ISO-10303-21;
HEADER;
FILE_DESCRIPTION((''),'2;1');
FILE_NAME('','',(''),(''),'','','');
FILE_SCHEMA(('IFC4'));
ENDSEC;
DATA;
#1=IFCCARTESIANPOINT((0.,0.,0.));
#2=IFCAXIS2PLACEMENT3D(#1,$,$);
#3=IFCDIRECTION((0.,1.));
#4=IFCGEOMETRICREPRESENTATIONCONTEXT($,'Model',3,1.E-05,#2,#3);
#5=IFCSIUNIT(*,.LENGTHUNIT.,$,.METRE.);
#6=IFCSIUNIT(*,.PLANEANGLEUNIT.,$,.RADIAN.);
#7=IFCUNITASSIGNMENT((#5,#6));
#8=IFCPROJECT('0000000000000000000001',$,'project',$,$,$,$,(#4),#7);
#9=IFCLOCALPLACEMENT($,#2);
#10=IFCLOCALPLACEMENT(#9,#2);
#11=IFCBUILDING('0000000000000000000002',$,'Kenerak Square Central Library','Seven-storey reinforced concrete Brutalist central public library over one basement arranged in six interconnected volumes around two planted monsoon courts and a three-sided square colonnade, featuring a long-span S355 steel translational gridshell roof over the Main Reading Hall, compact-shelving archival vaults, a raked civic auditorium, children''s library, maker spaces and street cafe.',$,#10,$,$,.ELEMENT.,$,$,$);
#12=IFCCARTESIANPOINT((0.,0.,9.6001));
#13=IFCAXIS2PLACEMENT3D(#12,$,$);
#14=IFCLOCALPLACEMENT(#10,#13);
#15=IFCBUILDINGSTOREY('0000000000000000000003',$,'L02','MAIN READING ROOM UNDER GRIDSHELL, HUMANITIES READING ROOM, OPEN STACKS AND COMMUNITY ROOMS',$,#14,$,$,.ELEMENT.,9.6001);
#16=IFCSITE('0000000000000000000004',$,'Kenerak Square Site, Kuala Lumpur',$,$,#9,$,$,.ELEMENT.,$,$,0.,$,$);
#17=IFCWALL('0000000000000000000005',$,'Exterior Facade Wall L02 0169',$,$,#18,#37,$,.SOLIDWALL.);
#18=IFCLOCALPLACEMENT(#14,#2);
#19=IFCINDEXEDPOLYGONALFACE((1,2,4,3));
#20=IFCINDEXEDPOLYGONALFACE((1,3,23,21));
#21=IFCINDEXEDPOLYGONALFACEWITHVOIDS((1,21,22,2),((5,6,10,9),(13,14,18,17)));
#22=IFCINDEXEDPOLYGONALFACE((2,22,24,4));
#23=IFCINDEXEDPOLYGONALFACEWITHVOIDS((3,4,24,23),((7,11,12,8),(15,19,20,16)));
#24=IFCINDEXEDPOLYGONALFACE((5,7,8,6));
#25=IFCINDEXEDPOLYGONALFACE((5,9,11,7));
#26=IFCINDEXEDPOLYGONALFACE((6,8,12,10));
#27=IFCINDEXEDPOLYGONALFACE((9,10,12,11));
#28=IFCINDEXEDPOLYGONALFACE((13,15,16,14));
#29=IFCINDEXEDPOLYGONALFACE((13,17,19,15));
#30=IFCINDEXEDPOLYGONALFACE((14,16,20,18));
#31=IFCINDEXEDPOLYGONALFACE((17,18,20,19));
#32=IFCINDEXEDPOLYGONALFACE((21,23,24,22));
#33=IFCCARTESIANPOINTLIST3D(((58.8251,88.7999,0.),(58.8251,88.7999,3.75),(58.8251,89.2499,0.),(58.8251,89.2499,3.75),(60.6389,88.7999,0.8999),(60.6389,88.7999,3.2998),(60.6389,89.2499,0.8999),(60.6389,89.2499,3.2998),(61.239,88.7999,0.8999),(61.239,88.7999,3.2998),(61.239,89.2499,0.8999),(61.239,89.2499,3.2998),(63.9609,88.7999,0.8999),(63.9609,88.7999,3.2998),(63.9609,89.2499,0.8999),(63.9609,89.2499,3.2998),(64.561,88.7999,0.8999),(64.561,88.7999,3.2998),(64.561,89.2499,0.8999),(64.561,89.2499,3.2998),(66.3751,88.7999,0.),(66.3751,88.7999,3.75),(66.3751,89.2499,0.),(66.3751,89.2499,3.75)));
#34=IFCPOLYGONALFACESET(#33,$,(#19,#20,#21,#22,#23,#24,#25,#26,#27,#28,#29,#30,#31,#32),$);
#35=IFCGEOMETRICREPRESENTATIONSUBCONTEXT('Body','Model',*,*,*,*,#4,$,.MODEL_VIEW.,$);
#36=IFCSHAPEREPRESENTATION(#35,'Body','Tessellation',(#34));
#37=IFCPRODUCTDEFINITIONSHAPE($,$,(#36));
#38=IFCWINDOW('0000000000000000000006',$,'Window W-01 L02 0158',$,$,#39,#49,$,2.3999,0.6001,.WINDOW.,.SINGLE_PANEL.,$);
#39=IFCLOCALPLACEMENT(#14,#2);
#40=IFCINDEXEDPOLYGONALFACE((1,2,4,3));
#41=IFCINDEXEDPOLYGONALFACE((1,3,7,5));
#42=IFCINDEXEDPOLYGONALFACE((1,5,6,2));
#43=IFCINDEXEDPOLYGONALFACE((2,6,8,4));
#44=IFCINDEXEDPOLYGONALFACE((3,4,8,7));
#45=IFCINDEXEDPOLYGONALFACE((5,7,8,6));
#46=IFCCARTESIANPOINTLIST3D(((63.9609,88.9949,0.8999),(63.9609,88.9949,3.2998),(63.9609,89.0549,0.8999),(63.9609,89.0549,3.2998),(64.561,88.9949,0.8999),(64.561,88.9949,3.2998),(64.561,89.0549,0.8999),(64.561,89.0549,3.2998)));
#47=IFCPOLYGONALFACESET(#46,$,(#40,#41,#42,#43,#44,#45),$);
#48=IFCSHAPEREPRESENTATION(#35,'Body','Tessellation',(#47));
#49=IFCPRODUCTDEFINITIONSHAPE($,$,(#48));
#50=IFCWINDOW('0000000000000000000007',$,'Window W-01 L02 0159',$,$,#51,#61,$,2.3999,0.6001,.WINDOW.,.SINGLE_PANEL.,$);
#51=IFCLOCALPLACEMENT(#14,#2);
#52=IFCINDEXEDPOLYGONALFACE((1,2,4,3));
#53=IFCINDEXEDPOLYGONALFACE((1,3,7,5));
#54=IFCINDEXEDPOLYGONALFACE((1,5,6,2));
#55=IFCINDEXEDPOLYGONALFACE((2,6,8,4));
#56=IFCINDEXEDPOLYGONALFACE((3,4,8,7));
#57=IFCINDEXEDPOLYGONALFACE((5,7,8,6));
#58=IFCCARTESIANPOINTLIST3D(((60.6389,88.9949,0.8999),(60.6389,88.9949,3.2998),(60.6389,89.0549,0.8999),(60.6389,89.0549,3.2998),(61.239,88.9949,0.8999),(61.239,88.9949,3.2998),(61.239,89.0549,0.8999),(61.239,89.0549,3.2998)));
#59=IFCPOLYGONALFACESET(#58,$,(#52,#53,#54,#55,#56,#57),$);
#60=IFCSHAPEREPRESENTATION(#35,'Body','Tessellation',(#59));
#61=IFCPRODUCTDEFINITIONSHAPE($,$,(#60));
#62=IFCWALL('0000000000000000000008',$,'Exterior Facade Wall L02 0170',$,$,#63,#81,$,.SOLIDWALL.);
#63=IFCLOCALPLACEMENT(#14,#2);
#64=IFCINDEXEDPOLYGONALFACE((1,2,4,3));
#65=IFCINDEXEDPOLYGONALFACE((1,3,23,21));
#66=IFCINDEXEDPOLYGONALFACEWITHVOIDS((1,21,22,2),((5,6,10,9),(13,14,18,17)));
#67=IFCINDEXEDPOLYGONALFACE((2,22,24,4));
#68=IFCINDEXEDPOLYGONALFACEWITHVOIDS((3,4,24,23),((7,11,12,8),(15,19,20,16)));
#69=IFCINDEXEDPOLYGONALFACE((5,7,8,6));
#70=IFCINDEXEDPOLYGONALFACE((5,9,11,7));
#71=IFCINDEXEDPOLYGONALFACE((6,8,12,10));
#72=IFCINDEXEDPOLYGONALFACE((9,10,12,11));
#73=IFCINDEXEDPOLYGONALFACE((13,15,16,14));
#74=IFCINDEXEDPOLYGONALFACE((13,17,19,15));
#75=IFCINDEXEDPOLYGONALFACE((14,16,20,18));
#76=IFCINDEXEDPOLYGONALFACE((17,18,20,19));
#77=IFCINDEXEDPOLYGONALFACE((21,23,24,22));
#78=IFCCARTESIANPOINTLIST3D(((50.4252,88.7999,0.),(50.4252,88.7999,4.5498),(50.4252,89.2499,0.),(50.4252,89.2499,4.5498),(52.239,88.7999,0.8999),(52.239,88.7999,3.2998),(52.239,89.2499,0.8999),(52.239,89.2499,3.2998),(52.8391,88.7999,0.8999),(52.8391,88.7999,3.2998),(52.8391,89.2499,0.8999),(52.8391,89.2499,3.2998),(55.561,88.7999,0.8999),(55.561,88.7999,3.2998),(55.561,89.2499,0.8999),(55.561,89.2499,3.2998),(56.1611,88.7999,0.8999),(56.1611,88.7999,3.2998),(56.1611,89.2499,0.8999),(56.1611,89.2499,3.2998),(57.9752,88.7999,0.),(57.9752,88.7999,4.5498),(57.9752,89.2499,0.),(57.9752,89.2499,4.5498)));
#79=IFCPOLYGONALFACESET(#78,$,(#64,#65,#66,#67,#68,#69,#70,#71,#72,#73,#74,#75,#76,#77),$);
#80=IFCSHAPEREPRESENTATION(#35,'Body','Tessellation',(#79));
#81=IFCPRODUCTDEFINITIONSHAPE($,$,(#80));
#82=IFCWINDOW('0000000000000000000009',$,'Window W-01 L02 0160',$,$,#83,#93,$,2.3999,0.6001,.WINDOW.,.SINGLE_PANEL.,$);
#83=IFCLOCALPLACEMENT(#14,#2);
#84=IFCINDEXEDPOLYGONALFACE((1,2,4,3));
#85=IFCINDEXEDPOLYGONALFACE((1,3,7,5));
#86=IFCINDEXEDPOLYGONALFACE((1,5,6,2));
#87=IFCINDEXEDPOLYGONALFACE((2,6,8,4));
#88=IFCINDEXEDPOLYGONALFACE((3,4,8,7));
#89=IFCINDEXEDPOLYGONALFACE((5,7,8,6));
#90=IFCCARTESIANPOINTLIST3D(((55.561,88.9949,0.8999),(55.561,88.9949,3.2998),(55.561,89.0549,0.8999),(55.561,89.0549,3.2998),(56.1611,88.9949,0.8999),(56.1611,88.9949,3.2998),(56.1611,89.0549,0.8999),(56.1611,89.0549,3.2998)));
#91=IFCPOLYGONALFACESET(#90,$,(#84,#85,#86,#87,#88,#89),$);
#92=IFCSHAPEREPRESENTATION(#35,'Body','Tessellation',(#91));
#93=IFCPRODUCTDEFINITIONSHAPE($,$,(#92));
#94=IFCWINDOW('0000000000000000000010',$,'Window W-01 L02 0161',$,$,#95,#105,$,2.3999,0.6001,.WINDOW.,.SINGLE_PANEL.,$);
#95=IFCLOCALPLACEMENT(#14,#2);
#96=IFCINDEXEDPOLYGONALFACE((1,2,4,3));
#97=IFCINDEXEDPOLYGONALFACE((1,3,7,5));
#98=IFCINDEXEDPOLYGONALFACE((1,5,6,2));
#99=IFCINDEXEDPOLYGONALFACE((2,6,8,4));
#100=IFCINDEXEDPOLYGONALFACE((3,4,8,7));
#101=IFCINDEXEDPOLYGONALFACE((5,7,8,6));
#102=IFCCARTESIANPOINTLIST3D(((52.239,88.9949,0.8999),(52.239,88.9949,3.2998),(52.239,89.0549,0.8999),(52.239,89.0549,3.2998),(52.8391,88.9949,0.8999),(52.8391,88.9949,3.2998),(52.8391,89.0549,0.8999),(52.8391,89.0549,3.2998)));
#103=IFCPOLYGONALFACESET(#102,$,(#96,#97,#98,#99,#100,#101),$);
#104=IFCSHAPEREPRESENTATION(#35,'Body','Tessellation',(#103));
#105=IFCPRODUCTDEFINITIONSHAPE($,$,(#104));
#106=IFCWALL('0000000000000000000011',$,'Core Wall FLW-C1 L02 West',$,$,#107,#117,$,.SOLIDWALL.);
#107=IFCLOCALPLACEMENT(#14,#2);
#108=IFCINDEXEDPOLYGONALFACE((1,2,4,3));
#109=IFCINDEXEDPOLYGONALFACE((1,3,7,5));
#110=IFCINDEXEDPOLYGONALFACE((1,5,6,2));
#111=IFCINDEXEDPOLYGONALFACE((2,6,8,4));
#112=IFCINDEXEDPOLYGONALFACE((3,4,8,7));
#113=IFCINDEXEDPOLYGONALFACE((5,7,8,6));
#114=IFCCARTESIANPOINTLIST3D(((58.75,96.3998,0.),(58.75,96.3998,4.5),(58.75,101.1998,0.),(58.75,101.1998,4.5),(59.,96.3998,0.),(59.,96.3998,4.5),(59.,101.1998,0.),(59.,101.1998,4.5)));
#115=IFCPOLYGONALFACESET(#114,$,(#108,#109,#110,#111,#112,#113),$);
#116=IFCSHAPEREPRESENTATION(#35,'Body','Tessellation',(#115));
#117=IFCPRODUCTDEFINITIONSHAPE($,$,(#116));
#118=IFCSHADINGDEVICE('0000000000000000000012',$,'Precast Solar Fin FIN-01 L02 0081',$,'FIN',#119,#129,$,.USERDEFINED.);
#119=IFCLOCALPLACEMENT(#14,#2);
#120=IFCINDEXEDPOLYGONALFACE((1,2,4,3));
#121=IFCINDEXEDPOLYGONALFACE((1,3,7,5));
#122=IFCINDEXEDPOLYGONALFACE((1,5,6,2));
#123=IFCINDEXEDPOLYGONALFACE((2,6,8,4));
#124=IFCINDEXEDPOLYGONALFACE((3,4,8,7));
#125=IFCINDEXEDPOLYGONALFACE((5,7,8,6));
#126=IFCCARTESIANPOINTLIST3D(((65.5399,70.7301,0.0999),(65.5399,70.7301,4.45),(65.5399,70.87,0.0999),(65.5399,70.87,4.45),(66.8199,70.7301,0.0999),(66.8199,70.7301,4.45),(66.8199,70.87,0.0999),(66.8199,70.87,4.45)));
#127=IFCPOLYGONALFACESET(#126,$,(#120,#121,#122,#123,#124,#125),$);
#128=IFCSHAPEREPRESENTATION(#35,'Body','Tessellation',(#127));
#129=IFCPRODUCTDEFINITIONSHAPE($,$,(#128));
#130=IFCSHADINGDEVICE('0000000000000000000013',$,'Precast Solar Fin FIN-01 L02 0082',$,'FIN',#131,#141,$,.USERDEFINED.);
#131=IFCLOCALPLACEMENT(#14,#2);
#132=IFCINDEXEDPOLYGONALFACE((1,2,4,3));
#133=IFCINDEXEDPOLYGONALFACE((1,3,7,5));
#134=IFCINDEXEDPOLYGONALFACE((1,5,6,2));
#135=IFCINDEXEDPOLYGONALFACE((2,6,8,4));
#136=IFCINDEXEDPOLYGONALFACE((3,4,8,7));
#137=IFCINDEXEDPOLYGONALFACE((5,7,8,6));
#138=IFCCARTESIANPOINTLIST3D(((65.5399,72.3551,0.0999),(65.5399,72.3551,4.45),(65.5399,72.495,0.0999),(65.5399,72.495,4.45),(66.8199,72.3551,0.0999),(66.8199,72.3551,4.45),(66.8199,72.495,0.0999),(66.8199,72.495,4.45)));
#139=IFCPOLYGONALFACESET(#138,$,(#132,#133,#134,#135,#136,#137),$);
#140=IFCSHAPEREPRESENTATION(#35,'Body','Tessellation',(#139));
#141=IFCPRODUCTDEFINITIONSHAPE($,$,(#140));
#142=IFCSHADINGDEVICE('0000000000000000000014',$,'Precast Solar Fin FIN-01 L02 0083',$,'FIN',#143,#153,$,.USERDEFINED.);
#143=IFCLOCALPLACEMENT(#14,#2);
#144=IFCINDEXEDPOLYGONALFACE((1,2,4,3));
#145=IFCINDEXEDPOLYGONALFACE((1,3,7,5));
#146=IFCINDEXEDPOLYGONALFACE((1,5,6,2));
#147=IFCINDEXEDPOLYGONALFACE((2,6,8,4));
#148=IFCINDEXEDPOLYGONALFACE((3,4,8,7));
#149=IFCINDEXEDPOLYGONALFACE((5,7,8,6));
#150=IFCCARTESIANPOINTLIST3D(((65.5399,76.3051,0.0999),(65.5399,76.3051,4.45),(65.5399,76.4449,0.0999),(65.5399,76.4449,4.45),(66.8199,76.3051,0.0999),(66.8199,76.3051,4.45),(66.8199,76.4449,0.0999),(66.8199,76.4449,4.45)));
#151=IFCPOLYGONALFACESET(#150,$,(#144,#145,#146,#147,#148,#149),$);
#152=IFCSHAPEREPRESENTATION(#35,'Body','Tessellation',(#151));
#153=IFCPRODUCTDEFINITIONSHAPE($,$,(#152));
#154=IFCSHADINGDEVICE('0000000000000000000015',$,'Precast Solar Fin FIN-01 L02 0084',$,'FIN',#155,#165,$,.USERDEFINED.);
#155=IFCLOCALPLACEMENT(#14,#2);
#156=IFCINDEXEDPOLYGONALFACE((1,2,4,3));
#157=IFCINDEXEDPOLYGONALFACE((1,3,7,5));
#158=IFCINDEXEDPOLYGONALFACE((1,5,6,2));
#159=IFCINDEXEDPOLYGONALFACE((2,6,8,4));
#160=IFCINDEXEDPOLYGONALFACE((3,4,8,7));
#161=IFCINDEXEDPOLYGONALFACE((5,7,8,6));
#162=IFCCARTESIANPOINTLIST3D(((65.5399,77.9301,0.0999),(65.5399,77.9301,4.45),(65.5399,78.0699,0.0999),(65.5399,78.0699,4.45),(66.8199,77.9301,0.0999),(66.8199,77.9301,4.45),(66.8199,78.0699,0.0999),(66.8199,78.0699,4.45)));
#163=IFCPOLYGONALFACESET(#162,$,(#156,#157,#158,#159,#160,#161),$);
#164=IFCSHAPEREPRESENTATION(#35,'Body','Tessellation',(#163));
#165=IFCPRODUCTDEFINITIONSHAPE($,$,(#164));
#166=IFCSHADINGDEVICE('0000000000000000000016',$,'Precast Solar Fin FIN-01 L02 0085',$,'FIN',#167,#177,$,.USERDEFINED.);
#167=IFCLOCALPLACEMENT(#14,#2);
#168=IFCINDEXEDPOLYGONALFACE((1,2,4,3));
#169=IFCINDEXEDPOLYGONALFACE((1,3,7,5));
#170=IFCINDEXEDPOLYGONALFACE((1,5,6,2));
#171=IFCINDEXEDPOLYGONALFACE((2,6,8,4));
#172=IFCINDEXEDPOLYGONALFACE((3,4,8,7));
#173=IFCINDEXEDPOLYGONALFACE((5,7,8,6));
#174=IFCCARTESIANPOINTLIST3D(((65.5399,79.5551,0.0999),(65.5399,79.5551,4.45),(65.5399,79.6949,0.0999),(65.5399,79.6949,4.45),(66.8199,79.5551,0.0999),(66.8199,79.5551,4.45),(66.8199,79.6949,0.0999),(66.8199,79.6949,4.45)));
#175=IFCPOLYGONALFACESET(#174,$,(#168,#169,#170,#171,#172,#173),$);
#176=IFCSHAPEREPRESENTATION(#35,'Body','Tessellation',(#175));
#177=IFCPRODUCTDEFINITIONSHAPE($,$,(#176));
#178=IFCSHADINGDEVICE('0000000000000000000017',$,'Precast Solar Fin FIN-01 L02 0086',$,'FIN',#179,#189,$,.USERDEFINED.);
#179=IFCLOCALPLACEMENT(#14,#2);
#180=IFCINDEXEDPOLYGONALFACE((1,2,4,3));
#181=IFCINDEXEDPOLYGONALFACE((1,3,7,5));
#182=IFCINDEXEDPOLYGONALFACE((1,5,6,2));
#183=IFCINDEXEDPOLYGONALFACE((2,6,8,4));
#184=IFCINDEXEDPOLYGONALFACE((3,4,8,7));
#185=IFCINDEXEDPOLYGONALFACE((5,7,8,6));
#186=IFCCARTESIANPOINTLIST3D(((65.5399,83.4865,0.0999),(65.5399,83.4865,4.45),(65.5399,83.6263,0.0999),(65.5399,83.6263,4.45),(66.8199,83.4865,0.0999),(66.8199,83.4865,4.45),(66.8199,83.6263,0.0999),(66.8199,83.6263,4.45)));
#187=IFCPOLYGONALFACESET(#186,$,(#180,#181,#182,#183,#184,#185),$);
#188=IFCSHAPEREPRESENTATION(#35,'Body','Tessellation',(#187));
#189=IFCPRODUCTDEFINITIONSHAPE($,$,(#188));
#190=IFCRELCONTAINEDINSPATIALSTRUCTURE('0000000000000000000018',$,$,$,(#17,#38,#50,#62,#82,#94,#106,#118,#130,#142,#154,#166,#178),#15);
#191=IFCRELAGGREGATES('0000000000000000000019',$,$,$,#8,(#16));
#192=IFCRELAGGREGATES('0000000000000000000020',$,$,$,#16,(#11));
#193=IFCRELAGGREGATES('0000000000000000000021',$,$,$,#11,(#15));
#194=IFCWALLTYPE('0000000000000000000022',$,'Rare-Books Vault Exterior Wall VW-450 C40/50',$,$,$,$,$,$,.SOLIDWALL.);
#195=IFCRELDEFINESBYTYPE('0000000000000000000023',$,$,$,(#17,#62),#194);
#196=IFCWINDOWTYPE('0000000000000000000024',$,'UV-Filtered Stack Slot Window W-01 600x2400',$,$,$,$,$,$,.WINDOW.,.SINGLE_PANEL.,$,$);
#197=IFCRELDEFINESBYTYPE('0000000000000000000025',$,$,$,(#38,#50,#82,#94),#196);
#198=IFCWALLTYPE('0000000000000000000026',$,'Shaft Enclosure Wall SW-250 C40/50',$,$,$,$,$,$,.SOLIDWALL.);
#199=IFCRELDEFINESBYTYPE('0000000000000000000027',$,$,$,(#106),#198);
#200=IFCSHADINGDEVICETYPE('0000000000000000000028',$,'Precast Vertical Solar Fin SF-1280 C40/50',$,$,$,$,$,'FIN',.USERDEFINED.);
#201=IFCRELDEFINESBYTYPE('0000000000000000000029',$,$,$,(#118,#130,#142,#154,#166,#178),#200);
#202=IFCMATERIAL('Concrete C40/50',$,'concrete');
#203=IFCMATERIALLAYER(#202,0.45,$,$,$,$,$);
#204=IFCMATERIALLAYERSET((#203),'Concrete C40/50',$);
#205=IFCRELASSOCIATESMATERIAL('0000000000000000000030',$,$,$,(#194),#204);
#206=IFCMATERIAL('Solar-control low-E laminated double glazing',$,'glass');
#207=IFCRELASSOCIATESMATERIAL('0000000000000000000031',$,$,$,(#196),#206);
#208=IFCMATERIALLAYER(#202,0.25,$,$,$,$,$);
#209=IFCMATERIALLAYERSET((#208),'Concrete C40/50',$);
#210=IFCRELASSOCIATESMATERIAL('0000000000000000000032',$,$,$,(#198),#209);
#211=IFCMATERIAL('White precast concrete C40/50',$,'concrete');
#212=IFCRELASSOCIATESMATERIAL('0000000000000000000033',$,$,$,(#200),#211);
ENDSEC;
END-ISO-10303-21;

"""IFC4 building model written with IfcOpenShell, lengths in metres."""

from ifc_helpers import new_model, si_unit, direction, frame, frame_2d, origin, origin_2d, place, context, subcontext, project, spatial, rectangle, extrude, material, layer, layer_set, type_object, element, fill, save


model = new_model("IFC4")

# Units and contexts
model_context = context("Model", 3, precision=1e-05, world=origin(), true_north=direction((0.0, 1.0)))
body_context = subcontext(model_context, "Body", "Model", "MODEL_VIEW")
ifc_project = project(units=[si_unit("LENGTHUNIT", "METRE"), si_unit("PLANEANGLEUNIT", "RADIAN")], contexts=[model_context])

# Site, building, storey
site_placement = place(None, origin())
site = spatial("IfcSite", under=ifc_project, at=site_placement, Name="Kenerak Square Site, Kuala Lumpur", CompositionType="ELEMENT", RefElevation=0.0)
building_placement = place(site_placement, origin())
building = spatial("IfcBuilding", under=site, at=building_placement, Name="Kenerak Square Central Library", Description="Seven-storey reinforced concrete Brutalist central public library over one basement arranged in six interconnected volumes around two planted monsoon courts and a three-sided square colonnade, featuring a long-span S355 steel translational gridshell roof over the Main Reading Hall, compact-shelving archival vaults, a raked civic auditorium, children's library, maker spaces and street cafe.", CompositionType="ELEMENT")
storey_placement = place(building_placement, frame((0.0, 0.0, 9.6001)))
storey = spatial("IfcBuildingStorey", under=building, at=storey_placement, Name="L02", Description="MAIN READING ROOM UNDER GRIDSHELL, HUMANITIES READING ROOM, OPEN STACKS AND COMMUNITY ROOMS", CompositionType="ELEMENT", Elevation=9.6001)

# Shared definitions
ifc_material_1 = material(Name="Concrete C40/50", Category="concrete")

# Walls, openings, windows
ifc_layer_1 = layer(ifc_material_1, 0.45)
ifc_layer_set_1 = layer_set([ifc_layer_1], Name="Concrete C40/50")
wall_type_1 = type_object("IfcWallType", Name="Rare-Books Vault Exterior Wall VW-450 C40/50", PredefinedType="SOLIDWALL", material=ifc_layer_set_1)
wall_1_placement = place(storey_placement, frame((66.375, 89.0249, 0.0), z_axis=(0.0, 0.0, 1.0), x_axis=(-1.0, 0.0, 0.0)))
wall_1 = element("IfcWall", 1, at=wall_1_placement, inside=storey, type_object=wall_type_1, Name="Exterior Facade Wall L02 0169", PredefinedType="SOLIDWALL", context=body_context, shape_type="SweptSolid", body=[
    extrude(rectangle(XDim=7.55, YDim=0.45, at=frame_2d((3.7749, 0.0))), origin(), (0.0, 0.0, 1.0), 3.75),
])
opening_1_placement = place(wall_1_placement, frame((1.814, 0.0, 0.8999)))
opening_1 = element("IfcOpeningElement", 2, at=opening_1_placement, cuts=wall_1, PredefinedType="OPENING", context=body_context, shape_type="SweptSolid", body=[
    extrude(rectangle(XDim=0.6001, YDim=2.3999, at=frame_2d((0.3, 1.2))), frame((0.0, 0.2349, 0.0), z_axis=(0.0, -1.0, 0.0), x_axis=(1.0, 0.0, 0.0)), (0.0, 0.0, 1.0), 0.47),
])
opening_2_placement = place(wall_1_placement, frame((5.136, 0.0, 0.8999)))
opening_2 = element("IfcOpeningElement", 3, at=opening_2_placement, cuts=wall_1, PredefinedType="OPENING", context=body_context, shape_type="SweptSolid", body=[
    extrude(rectangle(XDim=0.6001, YDim=2.3999, at=frame_2d((0.3, 1.2))), frame((0.0, 0.2349, 0.0), z_axis=(0.0, -1.0, 0.0), x_axis=(1.0, 0.0, 0.0)), (0.0, 0.0, 1.0), 0.47),
])
ifc_material_2 = material(Name="Solar-control low-E laminated double glazing", Category="glass")
window_type = type_object("IfcWindowType", Name="UV-Filtered Stack Slot Window W-01 600x2400", PartitioningType="SINGLE_PANEL", PredefinedType="WINDOW", material=ifc_material_2)
window_1_placement = place(opening_1_placement, origin())
window_1 = element("IfcWindow", 4, at=window_1_placement, inside=storey, type_object=window_type, Name="Window W-01 L02 0158", OverallHeight=2.3999, OverallWidth=0.6001, PartitioningType="SINGLE_PANEL", PredefinedType="WINDOW", context=body_context, shape_type="SweptSolid", body=[
    extrude(rectangle(XDim=0.6001, YDim=2.3999, at=frame_2d((0.3, 1.2))), frame((0.0, 0.03, 0.0), z_axis=(0.0, -1.0, 0.0), x_axis=(1.0, 0.0, 0.0)), (0.0, 0.0, 1.0), 0.0601),
])
fill(opening_1, window_1)
window_2_placement = place(opening_2_placement, origin())
window_2 = element("IfcWindow", 5, at=window_2_placement, inside=storey, type_object=window_type, Name="Window W-01 L02 0159", OverallHeight=2.3999, OverallWidth=0.6001, PartitioningType="SINGLE_PANEL", PredefinedType="WINDOW", context=body_context, shape_type="SweptSolid", body=[
    extrude(rectangle(XDim=0.6001, YDim=2.3999, at=frame_2d((0.3, 1.2))), frame((0.0, 0.03, 0.0), z_axis=(0.0, -1.0, 0.0), x_axis=(1.0, 0.0, 0.0)), (0.0, 0.0, 1.0), 0.0601),
])
fill(opening_2, window_2)
wall_2_placement = place(storey_placement, frame((57.9751, 89.0249, 0.0), z_axis=(0.0, 0.0, 1.0), x_axis=(-1.0, 0.0, 0.0)))
wall_2 = element("IfcWall", 6, at=wall_2_placement, inside=storey, type_object=wall_type_1, Name="Exterior Facade Wall L02 0170", PredefinedType="SOLIDWALL", context=body_context, shape_type="SweptSolid", body=[
    extrude(rectangle(XDim=7.55, YDim=0.45, at=frame_2d((3.7749, 0.0))), origin(), (0.0, 0.0, 1.0), 4.5498),
])
opening_3_placement = place(wall_2_placement, frame((1.814, 0.0, 0.8999)))
opening_3 = element("IfcOpeningElement", 7, at=opening_3_placement, cuts=wall_2, PredefinedType="OPENING", context=body_context, shape_type="SweptSolid", body=[
    extrude(rectangle(XDim=0.6001, YDim=2.3999, at=frame_2d((0.3, 1.2))), frame((0.0, 0.2349, 0.0), z_axis=(0.0, -1.0, 0.0), x_axis=(1.0, 0.0, 0.0)), (0.0, 0.0, 1.0), 0.47),
])
opening_4_placement = place(wall_2_placement, frame((5.136, 0.0, 0.8999)))
opening_4 = element("IfcOpeningElement", 8, at=opening_4_placement, cuts=wall_2, PredefinedType="OPENING", context=body_context, shape_type="SweptSolid", body=[
    extrude(rectangle(XDim=0.6001, YDim=2.3999, at=frame_2d((0.3, 1.2))), frame((0.0, 0.2349, 0.0), z_axis=(0.0, -1.0, 0.0), x_axis=(1.0, 0.0, 0.0)), (0.0, 0.0, 1.0), 0.47),
])
window_3_placement = place(opening_3_placement, origin())
window_3 = element("IfcWindow", 9, at=window_3_placement, inside=storey, type_object=window_type, Name="Window W-01 L02 0160", OverallHeight=2.3999, OverallWidth=0.6001, PartitioningType="SINGLE_PANEL", PredefinedType="WINDOW", context=body_context, shape_type="SweptSolid", body=[
    extrude(rectangle(XDim=0.6001, YDim=2.3999, at=frame_2d((0.3, 1.2))), frame((0.0, 0.03, 0.0), z_axis=(0.0, -1.0, 0.0), x_axis=(1.0, 0.0, 0.0)), (0.0, 0.0, 1.0), 0.0601),
])
fill(opening_3, window_3)
window_4_placement = place(opening_4_placement, origin())
window_4 = element("IfcWindow", 10, at=window_4_placement, inside=storey, type_object=window_type, Name="Window W-01 L02 0161", OverallHeight=2.3999, OverallWidth=0.6001, PartitioningType="SINGLE_PANEL", PredefinedType="WINDOW", context=body_context, shape_type="SweptSolid", body=[
    extrude(rectangle(XDim=0.6001, YDim=2.3999, at=frame_2d((0.3, 1.2))), frame((0.0, 0.03, 0.0), z_axis=(0.0, -1.0, 0.0), x_axis=(1.0, 0.0, 0.0)), (0.0, 0.0, 1.0), 0.0601),
])
fill(opening_4, window_4)

# Wall
ifc_layer_2 = layer(ifc_material_1, 0.25)
ifc_layer_set_2 = layer_set([ifc_layer_2], Name="Concrete C40/50")
wall_type_2 = type_object("IfcWallType", Name="Shaft Enclosure Wall SW-250 C40/50", PredefinedType="SOLIDWALL", material=ifc_layer_set_2)
wall_3_placement = place(storey_placement, frame((58.875, 96.3999, 0.0), z_axis=(0.0, 0.0, 1.0), x_axis=(0.0, 1.0, 0.0)))
element("IfcWall", 11, at=wall_3_placement, inside=storey, type_object=wall_type_2, Name="Core Wall FLW-C1 L02 West", PredefinedType="SOLIDWALL", context=body_context, shape_type="SweptSolid", body=[
    extrude(rectangle(XDim=4.8, YDim=0.25, at=frame_2d((2.3999, 0.0))), origin(), (0.0, 0.0, 1.0), 4.5),
])

# Shading devices
ifc_material_3 = material(Name="White precast concrete C40/50", Category="concrete")
shading_device_type = type_object("IfcShadingDeviceType", Name="Precast Vertical Solar Fin SF-1280 C40/50", ElementType="FIN", PredefinedType="USERDEFINED", material=ifc_material_3)
for number, where, z_axis, x_axis, name in (
    (12, (66.1799, 70.8, 0.0999), (0.0, 0.0, 1.0), (0.0, 1.0, 0.0), "Precast Solar Fin FIN-01 L02 0081"),
    (13, (66.1799, 72.425, 0.0999), (0.0, 0.0, 1.0), (0.0, 1.0, 0.0), "Precast Solar Fin FIN-01 L02 0082"),
    (14, (66.1799, 76.375, 0.0999), (0.0, 0.0, 1.0), (0.0, 1.0, 0.0), "Precast Solar Fin FIN-01 L02 0083"),
    (15, (66.1799, 78.0, 0.0999), (0.0, 0.0, 1.0), (0.0, 1.0, 0.0), "Precast Solar Fin FIN-01 L02 0084"),
    (16, (66.1799, 79.625, 0.0999), (0.0, 0.0, 1.0), (0.0, 1.0, 0.0), "Precast Solar Fin FIN-01 L02 0085"),
    (17, (66.1799, 83.5564, 0.0999), (0.0, 0.0, 1.0), (0.0, 1.0, 0.0), "Precast Solar Fin FIN-01 L02 0086"),
):
    element("IfcShadingDevice", number, at=place(storey_placement, frame(where, z_axis=z_axis, x_axis=x_axis)), inside=storey, type_object=shading_device_type, Name=name, ObjectType="FIN", PredefinedType="USERDEFINED", context=body_context, shape_type="SweptSolid", body=[
        extrude(rectangle(XDim=0.1399, YDim=1.28, at=origin_2d()), origin(), (0.0, 0.0, 1.0), 4.3501),
    ])

save(model, "model.ifc")
